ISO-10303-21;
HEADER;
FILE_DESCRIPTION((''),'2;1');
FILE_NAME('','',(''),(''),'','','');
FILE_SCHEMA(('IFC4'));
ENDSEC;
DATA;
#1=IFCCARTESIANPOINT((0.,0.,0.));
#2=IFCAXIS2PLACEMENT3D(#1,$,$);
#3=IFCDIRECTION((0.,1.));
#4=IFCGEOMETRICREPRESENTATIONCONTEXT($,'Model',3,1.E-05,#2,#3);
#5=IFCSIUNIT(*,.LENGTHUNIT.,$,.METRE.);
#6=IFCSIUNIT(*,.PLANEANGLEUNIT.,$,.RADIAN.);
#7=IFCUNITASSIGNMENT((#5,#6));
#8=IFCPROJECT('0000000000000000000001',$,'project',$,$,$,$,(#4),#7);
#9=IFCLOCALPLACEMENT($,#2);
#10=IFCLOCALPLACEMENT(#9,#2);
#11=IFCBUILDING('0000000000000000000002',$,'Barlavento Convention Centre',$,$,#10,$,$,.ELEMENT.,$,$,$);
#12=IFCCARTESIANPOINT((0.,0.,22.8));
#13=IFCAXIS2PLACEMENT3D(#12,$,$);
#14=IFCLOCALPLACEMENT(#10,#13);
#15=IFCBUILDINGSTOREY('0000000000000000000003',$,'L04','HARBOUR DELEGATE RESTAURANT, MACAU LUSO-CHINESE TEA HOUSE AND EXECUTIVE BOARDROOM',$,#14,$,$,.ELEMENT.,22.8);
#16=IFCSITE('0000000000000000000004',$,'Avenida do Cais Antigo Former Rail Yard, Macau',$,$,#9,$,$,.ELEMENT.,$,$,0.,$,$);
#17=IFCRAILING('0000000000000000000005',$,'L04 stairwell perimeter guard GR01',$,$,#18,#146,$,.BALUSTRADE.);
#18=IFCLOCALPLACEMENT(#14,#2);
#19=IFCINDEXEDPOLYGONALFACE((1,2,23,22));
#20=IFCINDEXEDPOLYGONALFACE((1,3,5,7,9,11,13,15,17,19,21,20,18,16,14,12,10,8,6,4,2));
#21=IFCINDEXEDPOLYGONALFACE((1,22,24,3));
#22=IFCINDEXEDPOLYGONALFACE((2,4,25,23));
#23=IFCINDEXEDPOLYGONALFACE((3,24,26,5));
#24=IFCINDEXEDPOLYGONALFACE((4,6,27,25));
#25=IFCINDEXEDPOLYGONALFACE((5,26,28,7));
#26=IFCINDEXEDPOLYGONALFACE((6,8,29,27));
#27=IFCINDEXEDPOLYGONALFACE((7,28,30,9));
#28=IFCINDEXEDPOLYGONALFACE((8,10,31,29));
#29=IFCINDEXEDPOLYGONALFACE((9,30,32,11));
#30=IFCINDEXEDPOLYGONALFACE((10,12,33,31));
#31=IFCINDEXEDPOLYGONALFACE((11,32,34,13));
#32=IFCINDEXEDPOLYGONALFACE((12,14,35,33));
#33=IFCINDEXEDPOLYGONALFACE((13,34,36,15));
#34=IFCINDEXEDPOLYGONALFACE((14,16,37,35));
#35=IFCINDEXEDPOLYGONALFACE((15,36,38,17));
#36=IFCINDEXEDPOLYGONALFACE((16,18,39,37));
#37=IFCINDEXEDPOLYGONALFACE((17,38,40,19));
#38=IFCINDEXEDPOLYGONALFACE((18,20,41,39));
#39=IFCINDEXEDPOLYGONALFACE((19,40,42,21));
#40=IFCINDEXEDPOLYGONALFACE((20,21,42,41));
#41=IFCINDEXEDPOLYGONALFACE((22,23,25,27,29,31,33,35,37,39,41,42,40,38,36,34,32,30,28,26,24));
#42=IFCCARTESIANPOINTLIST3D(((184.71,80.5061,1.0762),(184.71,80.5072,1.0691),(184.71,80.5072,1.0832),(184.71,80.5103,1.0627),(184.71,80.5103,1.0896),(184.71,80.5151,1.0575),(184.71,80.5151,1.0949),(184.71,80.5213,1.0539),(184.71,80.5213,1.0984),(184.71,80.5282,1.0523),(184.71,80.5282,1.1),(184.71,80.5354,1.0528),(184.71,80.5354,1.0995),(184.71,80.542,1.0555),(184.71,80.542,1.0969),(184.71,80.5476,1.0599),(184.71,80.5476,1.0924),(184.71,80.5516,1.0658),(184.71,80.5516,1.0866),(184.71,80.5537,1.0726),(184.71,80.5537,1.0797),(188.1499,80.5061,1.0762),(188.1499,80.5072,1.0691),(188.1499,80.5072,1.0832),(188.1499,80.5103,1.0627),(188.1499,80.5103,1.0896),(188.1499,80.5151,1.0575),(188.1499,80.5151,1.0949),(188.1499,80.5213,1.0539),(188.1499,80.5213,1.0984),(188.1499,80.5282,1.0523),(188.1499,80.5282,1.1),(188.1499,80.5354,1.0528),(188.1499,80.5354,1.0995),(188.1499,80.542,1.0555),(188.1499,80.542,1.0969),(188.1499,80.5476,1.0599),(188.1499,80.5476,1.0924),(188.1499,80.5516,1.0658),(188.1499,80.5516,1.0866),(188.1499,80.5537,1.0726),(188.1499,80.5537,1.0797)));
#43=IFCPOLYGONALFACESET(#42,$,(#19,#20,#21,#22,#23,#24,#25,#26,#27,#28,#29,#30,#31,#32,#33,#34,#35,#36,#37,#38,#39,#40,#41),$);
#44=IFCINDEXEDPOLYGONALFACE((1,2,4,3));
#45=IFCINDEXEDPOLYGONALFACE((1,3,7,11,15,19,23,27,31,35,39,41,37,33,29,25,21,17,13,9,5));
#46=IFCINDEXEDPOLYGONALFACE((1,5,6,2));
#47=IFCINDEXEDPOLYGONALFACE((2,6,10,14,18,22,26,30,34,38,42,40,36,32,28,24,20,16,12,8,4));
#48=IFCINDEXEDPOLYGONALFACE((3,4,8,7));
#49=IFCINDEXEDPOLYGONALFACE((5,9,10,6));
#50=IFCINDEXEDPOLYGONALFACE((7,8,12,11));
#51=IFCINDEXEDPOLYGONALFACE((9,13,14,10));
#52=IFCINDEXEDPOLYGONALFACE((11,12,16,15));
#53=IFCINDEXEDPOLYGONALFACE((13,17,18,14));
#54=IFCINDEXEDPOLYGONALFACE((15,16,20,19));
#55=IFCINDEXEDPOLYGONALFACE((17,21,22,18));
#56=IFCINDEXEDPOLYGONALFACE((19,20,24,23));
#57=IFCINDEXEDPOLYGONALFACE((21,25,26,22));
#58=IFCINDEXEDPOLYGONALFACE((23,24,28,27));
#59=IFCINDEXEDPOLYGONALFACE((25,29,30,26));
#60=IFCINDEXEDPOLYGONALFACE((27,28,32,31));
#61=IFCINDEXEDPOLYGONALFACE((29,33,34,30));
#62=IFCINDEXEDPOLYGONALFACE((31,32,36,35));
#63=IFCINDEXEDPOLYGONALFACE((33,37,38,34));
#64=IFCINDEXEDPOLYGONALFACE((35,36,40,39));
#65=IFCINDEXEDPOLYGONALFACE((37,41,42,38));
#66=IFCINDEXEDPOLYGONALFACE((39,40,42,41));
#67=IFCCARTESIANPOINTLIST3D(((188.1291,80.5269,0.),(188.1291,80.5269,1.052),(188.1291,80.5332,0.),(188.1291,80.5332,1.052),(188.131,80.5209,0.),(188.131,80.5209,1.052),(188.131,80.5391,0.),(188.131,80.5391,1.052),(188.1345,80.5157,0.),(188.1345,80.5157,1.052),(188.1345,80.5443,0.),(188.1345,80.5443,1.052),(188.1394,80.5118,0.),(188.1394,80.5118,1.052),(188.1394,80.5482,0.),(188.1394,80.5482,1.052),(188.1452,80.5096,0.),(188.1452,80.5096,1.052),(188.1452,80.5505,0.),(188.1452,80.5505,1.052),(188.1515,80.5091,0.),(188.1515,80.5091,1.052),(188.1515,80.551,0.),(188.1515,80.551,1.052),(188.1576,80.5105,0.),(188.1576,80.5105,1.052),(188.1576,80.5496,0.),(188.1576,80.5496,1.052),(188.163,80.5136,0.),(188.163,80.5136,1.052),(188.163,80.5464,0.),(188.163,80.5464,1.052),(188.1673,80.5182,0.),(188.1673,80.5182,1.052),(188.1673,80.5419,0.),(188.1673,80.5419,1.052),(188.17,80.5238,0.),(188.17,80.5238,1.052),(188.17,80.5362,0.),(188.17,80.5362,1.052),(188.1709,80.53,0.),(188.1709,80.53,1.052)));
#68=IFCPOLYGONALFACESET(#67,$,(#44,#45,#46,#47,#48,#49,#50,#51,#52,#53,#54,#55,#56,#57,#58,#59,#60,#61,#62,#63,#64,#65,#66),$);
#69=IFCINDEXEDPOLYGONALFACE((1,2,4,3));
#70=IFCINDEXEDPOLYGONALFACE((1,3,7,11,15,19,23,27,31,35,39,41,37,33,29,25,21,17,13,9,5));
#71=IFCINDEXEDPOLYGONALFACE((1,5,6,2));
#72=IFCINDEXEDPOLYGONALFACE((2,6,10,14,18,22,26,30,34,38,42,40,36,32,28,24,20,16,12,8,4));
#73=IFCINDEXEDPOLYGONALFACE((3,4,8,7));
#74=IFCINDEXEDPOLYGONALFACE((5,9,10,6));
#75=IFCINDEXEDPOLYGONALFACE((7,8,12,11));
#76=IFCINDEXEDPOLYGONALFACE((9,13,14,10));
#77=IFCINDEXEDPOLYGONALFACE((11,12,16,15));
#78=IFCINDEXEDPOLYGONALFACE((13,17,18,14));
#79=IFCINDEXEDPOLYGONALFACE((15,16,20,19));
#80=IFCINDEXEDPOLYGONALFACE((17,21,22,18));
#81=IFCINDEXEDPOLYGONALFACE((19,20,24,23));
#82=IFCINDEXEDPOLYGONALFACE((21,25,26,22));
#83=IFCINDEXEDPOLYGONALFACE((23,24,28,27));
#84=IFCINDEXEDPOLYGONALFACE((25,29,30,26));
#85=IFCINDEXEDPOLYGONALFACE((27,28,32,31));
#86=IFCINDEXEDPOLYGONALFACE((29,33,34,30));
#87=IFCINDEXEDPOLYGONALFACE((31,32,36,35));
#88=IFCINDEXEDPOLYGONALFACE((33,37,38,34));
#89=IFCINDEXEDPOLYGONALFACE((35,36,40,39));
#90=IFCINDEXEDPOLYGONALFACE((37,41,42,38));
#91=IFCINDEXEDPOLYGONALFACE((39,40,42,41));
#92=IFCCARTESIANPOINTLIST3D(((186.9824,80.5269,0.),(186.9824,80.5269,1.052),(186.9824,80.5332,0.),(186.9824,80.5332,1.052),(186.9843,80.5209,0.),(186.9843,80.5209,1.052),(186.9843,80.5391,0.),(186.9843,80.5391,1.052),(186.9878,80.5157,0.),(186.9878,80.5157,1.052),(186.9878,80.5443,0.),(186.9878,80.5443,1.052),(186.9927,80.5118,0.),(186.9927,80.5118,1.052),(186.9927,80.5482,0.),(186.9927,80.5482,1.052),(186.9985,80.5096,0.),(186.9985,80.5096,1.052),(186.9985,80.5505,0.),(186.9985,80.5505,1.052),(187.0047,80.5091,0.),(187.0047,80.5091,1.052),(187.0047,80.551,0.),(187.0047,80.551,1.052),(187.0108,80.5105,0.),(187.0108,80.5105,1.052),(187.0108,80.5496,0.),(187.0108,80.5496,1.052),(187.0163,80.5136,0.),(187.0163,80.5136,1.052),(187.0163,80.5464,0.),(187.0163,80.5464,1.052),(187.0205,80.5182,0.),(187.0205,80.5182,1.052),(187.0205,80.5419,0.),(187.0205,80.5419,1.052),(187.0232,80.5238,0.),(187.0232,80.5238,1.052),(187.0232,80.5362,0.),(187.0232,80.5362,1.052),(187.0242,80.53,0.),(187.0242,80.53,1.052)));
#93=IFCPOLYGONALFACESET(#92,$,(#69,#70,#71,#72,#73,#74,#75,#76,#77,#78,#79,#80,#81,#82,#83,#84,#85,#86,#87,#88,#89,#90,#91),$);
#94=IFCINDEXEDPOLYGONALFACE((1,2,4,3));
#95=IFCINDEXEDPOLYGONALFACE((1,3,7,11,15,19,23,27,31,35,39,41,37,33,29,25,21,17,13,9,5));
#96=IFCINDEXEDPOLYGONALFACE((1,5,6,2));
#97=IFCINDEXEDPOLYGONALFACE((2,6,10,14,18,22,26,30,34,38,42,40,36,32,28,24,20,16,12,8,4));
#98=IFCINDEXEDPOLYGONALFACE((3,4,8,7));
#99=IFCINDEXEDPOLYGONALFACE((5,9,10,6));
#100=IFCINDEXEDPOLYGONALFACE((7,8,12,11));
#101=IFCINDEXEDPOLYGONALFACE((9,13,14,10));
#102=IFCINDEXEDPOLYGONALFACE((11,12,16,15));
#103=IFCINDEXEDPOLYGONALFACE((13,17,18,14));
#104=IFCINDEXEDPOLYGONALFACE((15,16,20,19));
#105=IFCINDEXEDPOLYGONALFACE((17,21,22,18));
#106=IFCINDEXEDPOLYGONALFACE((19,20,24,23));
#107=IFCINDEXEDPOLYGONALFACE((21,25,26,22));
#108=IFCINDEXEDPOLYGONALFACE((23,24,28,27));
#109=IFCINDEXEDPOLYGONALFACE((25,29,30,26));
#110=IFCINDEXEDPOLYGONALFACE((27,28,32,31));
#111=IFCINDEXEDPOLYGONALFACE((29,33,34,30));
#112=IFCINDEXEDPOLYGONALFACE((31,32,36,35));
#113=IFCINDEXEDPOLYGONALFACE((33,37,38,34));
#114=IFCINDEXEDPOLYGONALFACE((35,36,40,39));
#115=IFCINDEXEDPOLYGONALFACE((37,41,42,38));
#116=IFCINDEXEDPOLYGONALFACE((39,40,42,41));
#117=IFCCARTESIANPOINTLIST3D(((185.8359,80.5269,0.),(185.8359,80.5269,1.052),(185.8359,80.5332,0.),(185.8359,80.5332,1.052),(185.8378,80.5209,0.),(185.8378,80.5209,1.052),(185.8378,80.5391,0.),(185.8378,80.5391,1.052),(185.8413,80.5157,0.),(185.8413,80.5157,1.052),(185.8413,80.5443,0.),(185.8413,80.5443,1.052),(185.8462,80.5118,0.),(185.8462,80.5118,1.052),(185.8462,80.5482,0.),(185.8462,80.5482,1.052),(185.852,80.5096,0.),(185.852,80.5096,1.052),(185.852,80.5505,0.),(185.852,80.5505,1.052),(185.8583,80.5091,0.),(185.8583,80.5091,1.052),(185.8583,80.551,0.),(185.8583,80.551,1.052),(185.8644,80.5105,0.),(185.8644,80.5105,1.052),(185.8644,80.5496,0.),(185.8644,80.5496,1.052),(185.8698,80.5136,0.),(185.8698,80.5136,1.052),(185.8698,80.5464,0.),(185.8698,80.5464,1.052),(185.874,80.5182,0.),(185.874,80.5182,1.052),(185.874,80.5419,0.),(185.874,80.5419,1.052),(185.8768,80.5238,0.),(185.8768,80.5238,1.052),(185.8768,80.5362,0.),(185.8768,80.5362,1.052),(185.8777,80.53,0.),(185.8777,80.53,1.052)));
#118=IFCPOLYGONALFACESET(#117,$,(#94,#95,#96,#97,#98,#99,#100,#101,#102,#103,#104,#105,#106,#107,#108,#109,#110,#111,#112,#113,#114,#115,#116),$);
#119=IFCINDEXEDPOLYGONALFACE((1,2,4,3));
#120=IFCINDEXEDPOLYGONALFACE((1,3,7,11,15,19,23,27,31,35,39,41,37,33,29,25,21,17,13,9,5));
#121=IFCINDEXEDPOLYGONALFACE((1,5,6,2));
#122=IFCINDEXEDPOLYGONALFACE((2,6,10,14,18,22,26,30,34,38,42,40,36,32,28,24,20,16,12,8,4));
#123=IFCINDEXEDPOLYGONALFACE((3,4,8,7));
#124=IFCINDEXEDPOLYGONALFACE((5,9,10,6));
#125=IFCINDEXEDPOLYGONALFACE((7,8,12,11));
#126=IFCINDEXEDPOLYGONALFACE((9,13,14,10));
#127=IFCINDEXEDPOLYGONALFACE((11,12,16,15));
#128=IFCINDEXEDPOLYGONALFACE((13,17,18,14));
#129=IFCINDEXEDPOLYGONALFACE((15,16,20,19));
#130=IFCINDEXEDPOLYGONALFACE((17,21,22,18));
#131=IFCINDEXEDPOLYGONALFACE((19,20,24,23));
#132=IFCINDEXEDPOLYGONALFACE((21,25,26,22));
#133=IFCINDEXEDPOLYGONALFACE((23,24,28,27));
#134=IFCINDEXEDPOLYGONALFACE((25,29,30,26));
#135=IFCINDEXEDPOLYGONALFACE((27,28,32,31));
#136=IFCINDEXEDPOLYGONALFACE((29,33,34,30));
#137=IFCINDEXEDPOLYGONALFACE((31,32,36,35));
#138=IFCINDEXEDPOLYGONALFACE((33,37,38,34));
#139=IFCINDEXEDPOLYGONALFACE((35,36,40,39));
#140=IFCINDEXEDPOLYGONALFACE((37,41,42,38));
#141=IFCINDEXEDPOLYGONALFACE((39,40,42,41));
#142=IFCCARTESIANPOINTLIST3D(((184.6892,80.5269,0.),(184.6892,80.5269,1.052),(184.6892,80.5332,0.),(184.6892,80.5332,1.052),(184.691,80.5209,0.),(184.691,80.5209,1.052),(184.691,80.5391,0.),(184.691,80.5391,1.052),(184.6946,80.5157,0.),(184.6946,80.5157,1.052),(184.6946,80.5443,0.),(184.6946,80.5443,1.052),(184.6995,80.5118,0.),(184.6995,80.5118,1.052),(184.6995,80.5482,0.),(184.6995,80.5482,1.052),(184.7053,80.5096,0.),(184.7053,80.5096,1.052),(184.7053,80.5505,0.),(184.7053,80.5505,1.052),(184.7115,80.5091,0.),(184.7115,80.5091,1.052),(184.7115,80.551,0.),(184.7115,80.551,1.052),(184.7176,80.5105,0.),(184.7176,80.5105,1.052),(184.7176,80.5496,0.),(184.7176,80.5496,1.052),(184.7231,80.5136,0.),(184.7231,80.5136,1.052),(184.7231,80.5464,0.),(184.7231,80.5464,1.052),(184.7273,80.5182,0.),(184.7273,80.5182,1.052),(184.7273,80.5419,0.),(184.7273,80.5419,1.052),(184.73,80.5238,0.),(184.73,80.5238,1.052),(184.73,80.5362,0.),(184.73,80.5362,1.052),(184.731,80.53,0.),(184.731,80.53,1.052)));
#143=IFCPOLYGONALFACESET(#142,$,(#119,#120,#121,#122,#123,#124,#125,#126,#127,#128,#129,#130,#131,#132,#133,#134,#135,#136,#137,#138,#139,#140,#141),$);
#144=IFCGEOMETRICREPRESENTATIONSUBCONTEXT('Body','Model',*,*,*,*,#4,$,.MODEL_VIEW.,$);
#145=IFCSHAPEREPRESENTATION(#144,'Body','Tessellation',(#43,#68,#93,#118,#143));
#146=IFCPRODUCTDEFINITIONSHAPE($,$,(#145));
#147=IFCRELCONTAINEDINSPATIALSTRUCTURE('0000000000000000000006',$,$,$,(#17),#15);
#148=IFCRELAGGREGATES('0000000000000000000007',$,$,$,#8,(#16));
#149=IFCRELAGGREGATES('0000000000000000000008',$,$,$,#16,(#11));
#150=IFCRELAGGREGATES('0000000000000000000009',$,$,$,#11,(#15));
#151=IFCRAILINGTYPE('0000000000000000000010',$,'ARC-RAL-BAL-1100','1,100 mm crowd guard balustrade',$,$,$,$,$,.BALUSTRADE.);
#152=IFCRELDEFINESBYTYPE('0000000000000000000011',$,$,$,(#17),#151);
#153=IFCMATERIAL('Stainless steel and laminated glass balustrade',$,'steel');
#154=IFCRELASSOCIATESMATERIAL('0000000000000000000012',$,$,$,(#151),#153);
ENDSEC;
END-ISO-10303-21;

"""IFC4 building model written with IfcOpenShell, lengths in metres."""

from ifc_helpers import new_model, si_unit, direction, frame, origin, origin_2d, place, context, subcontext, project, spatial, circle, extrude, material, type_object, element, save


model = new_model("IFC4")

# Units and contexts
model_context = context("Model", 3, precision=1e-05, world=origin(), true_north=direction((0.0, 1.0)))
body_context = subcontext(model_context, "Body", "Model", "MODEL_VIEW")
ifc_project = project(units=[si_unit("LENGTHUNIT", "METRE"), si_unit("PLANEANGLEUNIT", "RADIAN")], contexts=[model_context])

# Site, building, storey
site_placement = place(None, origin())
site = spatial("IfcSite", under=ifc_project, at=site_placement, Name="Avenida do Cais Antigo Former Rail Yard, Macau", CompositionType="ELEMENT", RefElevation=0.0)
building_placement = place(site_placement, origin())
building = spatial("IfcBuilding", under=site, at=building_placement, Name="Barlavento Convention Centre", CompositionType="ELEMENT")
storey_placement = place(building_placement, frame((0.0, 0.0, 22.8)))
storey = spatial("IfcBuildingStorey", under=building, at=storey_placement, Name="L04", Description="HARBOUR DELEGATE RESTAURANT, MACAU LUSO-CHINESE TEA HOUSE AND EXECUTIVE BOARDROOM", CompositionType="ELEMENT", Elevation=22.8)

# Railing
ifc_material_1 = material(Name="Stainless steel and laminated glass balustrade", Category="steel")
railing_type_1 = type_object("IfcRailingType", Name="ARC-RAL-BAL-1100", Description="1,100 mm crowd guard balustrade", PredefinedType="BALUSTRADE", material=ifc_material_1)
railing_1_placement = place(storey_placement, frame((188.1499, 80.53, 0.0)))
element("IfcRailing", 1, at=railing_1_placement, inside=storey, type_object=railing_type_1, Name="L04 stairwell perimeter guard GR01", PredefinedType="BALUSTRADE", context=body_context, shape_type="SweptSolid", body=[
    extrude(circle(Radius=0.0239, at=origin_2d()), frame((0.0, 0.0, 1.0762), z_axis=(-1.0, 0.0, 0.0), x_axis=(0.0, -1.0, 0.0)), (0.0, 0.0, 1.0), 3.4399),
    extrude(circle(Radius=0.021, at=origin_2d()), origin(), (0.0, 0.0, 1.0), 1.052),
    extrude(circle(Radius=0.021, at=origin_2d()), frame((-1.1467, 0.0, 0.0)), (0.0, 0.0, 1.0), 1.052),
    extrude(circle(Radius=0.021, at=origin_2d()), frame((-2.2932, 0.0, 0.0)), (0.0, 0.0, 1.0), 1.052),
    extrude(circle(Radius=0.021, at=origin_2d()), frame((-3.4399, 0.0, 0.0)), (0.0, 0.0, 1.0), 1.052),
])

save(model, "model.ifc")
